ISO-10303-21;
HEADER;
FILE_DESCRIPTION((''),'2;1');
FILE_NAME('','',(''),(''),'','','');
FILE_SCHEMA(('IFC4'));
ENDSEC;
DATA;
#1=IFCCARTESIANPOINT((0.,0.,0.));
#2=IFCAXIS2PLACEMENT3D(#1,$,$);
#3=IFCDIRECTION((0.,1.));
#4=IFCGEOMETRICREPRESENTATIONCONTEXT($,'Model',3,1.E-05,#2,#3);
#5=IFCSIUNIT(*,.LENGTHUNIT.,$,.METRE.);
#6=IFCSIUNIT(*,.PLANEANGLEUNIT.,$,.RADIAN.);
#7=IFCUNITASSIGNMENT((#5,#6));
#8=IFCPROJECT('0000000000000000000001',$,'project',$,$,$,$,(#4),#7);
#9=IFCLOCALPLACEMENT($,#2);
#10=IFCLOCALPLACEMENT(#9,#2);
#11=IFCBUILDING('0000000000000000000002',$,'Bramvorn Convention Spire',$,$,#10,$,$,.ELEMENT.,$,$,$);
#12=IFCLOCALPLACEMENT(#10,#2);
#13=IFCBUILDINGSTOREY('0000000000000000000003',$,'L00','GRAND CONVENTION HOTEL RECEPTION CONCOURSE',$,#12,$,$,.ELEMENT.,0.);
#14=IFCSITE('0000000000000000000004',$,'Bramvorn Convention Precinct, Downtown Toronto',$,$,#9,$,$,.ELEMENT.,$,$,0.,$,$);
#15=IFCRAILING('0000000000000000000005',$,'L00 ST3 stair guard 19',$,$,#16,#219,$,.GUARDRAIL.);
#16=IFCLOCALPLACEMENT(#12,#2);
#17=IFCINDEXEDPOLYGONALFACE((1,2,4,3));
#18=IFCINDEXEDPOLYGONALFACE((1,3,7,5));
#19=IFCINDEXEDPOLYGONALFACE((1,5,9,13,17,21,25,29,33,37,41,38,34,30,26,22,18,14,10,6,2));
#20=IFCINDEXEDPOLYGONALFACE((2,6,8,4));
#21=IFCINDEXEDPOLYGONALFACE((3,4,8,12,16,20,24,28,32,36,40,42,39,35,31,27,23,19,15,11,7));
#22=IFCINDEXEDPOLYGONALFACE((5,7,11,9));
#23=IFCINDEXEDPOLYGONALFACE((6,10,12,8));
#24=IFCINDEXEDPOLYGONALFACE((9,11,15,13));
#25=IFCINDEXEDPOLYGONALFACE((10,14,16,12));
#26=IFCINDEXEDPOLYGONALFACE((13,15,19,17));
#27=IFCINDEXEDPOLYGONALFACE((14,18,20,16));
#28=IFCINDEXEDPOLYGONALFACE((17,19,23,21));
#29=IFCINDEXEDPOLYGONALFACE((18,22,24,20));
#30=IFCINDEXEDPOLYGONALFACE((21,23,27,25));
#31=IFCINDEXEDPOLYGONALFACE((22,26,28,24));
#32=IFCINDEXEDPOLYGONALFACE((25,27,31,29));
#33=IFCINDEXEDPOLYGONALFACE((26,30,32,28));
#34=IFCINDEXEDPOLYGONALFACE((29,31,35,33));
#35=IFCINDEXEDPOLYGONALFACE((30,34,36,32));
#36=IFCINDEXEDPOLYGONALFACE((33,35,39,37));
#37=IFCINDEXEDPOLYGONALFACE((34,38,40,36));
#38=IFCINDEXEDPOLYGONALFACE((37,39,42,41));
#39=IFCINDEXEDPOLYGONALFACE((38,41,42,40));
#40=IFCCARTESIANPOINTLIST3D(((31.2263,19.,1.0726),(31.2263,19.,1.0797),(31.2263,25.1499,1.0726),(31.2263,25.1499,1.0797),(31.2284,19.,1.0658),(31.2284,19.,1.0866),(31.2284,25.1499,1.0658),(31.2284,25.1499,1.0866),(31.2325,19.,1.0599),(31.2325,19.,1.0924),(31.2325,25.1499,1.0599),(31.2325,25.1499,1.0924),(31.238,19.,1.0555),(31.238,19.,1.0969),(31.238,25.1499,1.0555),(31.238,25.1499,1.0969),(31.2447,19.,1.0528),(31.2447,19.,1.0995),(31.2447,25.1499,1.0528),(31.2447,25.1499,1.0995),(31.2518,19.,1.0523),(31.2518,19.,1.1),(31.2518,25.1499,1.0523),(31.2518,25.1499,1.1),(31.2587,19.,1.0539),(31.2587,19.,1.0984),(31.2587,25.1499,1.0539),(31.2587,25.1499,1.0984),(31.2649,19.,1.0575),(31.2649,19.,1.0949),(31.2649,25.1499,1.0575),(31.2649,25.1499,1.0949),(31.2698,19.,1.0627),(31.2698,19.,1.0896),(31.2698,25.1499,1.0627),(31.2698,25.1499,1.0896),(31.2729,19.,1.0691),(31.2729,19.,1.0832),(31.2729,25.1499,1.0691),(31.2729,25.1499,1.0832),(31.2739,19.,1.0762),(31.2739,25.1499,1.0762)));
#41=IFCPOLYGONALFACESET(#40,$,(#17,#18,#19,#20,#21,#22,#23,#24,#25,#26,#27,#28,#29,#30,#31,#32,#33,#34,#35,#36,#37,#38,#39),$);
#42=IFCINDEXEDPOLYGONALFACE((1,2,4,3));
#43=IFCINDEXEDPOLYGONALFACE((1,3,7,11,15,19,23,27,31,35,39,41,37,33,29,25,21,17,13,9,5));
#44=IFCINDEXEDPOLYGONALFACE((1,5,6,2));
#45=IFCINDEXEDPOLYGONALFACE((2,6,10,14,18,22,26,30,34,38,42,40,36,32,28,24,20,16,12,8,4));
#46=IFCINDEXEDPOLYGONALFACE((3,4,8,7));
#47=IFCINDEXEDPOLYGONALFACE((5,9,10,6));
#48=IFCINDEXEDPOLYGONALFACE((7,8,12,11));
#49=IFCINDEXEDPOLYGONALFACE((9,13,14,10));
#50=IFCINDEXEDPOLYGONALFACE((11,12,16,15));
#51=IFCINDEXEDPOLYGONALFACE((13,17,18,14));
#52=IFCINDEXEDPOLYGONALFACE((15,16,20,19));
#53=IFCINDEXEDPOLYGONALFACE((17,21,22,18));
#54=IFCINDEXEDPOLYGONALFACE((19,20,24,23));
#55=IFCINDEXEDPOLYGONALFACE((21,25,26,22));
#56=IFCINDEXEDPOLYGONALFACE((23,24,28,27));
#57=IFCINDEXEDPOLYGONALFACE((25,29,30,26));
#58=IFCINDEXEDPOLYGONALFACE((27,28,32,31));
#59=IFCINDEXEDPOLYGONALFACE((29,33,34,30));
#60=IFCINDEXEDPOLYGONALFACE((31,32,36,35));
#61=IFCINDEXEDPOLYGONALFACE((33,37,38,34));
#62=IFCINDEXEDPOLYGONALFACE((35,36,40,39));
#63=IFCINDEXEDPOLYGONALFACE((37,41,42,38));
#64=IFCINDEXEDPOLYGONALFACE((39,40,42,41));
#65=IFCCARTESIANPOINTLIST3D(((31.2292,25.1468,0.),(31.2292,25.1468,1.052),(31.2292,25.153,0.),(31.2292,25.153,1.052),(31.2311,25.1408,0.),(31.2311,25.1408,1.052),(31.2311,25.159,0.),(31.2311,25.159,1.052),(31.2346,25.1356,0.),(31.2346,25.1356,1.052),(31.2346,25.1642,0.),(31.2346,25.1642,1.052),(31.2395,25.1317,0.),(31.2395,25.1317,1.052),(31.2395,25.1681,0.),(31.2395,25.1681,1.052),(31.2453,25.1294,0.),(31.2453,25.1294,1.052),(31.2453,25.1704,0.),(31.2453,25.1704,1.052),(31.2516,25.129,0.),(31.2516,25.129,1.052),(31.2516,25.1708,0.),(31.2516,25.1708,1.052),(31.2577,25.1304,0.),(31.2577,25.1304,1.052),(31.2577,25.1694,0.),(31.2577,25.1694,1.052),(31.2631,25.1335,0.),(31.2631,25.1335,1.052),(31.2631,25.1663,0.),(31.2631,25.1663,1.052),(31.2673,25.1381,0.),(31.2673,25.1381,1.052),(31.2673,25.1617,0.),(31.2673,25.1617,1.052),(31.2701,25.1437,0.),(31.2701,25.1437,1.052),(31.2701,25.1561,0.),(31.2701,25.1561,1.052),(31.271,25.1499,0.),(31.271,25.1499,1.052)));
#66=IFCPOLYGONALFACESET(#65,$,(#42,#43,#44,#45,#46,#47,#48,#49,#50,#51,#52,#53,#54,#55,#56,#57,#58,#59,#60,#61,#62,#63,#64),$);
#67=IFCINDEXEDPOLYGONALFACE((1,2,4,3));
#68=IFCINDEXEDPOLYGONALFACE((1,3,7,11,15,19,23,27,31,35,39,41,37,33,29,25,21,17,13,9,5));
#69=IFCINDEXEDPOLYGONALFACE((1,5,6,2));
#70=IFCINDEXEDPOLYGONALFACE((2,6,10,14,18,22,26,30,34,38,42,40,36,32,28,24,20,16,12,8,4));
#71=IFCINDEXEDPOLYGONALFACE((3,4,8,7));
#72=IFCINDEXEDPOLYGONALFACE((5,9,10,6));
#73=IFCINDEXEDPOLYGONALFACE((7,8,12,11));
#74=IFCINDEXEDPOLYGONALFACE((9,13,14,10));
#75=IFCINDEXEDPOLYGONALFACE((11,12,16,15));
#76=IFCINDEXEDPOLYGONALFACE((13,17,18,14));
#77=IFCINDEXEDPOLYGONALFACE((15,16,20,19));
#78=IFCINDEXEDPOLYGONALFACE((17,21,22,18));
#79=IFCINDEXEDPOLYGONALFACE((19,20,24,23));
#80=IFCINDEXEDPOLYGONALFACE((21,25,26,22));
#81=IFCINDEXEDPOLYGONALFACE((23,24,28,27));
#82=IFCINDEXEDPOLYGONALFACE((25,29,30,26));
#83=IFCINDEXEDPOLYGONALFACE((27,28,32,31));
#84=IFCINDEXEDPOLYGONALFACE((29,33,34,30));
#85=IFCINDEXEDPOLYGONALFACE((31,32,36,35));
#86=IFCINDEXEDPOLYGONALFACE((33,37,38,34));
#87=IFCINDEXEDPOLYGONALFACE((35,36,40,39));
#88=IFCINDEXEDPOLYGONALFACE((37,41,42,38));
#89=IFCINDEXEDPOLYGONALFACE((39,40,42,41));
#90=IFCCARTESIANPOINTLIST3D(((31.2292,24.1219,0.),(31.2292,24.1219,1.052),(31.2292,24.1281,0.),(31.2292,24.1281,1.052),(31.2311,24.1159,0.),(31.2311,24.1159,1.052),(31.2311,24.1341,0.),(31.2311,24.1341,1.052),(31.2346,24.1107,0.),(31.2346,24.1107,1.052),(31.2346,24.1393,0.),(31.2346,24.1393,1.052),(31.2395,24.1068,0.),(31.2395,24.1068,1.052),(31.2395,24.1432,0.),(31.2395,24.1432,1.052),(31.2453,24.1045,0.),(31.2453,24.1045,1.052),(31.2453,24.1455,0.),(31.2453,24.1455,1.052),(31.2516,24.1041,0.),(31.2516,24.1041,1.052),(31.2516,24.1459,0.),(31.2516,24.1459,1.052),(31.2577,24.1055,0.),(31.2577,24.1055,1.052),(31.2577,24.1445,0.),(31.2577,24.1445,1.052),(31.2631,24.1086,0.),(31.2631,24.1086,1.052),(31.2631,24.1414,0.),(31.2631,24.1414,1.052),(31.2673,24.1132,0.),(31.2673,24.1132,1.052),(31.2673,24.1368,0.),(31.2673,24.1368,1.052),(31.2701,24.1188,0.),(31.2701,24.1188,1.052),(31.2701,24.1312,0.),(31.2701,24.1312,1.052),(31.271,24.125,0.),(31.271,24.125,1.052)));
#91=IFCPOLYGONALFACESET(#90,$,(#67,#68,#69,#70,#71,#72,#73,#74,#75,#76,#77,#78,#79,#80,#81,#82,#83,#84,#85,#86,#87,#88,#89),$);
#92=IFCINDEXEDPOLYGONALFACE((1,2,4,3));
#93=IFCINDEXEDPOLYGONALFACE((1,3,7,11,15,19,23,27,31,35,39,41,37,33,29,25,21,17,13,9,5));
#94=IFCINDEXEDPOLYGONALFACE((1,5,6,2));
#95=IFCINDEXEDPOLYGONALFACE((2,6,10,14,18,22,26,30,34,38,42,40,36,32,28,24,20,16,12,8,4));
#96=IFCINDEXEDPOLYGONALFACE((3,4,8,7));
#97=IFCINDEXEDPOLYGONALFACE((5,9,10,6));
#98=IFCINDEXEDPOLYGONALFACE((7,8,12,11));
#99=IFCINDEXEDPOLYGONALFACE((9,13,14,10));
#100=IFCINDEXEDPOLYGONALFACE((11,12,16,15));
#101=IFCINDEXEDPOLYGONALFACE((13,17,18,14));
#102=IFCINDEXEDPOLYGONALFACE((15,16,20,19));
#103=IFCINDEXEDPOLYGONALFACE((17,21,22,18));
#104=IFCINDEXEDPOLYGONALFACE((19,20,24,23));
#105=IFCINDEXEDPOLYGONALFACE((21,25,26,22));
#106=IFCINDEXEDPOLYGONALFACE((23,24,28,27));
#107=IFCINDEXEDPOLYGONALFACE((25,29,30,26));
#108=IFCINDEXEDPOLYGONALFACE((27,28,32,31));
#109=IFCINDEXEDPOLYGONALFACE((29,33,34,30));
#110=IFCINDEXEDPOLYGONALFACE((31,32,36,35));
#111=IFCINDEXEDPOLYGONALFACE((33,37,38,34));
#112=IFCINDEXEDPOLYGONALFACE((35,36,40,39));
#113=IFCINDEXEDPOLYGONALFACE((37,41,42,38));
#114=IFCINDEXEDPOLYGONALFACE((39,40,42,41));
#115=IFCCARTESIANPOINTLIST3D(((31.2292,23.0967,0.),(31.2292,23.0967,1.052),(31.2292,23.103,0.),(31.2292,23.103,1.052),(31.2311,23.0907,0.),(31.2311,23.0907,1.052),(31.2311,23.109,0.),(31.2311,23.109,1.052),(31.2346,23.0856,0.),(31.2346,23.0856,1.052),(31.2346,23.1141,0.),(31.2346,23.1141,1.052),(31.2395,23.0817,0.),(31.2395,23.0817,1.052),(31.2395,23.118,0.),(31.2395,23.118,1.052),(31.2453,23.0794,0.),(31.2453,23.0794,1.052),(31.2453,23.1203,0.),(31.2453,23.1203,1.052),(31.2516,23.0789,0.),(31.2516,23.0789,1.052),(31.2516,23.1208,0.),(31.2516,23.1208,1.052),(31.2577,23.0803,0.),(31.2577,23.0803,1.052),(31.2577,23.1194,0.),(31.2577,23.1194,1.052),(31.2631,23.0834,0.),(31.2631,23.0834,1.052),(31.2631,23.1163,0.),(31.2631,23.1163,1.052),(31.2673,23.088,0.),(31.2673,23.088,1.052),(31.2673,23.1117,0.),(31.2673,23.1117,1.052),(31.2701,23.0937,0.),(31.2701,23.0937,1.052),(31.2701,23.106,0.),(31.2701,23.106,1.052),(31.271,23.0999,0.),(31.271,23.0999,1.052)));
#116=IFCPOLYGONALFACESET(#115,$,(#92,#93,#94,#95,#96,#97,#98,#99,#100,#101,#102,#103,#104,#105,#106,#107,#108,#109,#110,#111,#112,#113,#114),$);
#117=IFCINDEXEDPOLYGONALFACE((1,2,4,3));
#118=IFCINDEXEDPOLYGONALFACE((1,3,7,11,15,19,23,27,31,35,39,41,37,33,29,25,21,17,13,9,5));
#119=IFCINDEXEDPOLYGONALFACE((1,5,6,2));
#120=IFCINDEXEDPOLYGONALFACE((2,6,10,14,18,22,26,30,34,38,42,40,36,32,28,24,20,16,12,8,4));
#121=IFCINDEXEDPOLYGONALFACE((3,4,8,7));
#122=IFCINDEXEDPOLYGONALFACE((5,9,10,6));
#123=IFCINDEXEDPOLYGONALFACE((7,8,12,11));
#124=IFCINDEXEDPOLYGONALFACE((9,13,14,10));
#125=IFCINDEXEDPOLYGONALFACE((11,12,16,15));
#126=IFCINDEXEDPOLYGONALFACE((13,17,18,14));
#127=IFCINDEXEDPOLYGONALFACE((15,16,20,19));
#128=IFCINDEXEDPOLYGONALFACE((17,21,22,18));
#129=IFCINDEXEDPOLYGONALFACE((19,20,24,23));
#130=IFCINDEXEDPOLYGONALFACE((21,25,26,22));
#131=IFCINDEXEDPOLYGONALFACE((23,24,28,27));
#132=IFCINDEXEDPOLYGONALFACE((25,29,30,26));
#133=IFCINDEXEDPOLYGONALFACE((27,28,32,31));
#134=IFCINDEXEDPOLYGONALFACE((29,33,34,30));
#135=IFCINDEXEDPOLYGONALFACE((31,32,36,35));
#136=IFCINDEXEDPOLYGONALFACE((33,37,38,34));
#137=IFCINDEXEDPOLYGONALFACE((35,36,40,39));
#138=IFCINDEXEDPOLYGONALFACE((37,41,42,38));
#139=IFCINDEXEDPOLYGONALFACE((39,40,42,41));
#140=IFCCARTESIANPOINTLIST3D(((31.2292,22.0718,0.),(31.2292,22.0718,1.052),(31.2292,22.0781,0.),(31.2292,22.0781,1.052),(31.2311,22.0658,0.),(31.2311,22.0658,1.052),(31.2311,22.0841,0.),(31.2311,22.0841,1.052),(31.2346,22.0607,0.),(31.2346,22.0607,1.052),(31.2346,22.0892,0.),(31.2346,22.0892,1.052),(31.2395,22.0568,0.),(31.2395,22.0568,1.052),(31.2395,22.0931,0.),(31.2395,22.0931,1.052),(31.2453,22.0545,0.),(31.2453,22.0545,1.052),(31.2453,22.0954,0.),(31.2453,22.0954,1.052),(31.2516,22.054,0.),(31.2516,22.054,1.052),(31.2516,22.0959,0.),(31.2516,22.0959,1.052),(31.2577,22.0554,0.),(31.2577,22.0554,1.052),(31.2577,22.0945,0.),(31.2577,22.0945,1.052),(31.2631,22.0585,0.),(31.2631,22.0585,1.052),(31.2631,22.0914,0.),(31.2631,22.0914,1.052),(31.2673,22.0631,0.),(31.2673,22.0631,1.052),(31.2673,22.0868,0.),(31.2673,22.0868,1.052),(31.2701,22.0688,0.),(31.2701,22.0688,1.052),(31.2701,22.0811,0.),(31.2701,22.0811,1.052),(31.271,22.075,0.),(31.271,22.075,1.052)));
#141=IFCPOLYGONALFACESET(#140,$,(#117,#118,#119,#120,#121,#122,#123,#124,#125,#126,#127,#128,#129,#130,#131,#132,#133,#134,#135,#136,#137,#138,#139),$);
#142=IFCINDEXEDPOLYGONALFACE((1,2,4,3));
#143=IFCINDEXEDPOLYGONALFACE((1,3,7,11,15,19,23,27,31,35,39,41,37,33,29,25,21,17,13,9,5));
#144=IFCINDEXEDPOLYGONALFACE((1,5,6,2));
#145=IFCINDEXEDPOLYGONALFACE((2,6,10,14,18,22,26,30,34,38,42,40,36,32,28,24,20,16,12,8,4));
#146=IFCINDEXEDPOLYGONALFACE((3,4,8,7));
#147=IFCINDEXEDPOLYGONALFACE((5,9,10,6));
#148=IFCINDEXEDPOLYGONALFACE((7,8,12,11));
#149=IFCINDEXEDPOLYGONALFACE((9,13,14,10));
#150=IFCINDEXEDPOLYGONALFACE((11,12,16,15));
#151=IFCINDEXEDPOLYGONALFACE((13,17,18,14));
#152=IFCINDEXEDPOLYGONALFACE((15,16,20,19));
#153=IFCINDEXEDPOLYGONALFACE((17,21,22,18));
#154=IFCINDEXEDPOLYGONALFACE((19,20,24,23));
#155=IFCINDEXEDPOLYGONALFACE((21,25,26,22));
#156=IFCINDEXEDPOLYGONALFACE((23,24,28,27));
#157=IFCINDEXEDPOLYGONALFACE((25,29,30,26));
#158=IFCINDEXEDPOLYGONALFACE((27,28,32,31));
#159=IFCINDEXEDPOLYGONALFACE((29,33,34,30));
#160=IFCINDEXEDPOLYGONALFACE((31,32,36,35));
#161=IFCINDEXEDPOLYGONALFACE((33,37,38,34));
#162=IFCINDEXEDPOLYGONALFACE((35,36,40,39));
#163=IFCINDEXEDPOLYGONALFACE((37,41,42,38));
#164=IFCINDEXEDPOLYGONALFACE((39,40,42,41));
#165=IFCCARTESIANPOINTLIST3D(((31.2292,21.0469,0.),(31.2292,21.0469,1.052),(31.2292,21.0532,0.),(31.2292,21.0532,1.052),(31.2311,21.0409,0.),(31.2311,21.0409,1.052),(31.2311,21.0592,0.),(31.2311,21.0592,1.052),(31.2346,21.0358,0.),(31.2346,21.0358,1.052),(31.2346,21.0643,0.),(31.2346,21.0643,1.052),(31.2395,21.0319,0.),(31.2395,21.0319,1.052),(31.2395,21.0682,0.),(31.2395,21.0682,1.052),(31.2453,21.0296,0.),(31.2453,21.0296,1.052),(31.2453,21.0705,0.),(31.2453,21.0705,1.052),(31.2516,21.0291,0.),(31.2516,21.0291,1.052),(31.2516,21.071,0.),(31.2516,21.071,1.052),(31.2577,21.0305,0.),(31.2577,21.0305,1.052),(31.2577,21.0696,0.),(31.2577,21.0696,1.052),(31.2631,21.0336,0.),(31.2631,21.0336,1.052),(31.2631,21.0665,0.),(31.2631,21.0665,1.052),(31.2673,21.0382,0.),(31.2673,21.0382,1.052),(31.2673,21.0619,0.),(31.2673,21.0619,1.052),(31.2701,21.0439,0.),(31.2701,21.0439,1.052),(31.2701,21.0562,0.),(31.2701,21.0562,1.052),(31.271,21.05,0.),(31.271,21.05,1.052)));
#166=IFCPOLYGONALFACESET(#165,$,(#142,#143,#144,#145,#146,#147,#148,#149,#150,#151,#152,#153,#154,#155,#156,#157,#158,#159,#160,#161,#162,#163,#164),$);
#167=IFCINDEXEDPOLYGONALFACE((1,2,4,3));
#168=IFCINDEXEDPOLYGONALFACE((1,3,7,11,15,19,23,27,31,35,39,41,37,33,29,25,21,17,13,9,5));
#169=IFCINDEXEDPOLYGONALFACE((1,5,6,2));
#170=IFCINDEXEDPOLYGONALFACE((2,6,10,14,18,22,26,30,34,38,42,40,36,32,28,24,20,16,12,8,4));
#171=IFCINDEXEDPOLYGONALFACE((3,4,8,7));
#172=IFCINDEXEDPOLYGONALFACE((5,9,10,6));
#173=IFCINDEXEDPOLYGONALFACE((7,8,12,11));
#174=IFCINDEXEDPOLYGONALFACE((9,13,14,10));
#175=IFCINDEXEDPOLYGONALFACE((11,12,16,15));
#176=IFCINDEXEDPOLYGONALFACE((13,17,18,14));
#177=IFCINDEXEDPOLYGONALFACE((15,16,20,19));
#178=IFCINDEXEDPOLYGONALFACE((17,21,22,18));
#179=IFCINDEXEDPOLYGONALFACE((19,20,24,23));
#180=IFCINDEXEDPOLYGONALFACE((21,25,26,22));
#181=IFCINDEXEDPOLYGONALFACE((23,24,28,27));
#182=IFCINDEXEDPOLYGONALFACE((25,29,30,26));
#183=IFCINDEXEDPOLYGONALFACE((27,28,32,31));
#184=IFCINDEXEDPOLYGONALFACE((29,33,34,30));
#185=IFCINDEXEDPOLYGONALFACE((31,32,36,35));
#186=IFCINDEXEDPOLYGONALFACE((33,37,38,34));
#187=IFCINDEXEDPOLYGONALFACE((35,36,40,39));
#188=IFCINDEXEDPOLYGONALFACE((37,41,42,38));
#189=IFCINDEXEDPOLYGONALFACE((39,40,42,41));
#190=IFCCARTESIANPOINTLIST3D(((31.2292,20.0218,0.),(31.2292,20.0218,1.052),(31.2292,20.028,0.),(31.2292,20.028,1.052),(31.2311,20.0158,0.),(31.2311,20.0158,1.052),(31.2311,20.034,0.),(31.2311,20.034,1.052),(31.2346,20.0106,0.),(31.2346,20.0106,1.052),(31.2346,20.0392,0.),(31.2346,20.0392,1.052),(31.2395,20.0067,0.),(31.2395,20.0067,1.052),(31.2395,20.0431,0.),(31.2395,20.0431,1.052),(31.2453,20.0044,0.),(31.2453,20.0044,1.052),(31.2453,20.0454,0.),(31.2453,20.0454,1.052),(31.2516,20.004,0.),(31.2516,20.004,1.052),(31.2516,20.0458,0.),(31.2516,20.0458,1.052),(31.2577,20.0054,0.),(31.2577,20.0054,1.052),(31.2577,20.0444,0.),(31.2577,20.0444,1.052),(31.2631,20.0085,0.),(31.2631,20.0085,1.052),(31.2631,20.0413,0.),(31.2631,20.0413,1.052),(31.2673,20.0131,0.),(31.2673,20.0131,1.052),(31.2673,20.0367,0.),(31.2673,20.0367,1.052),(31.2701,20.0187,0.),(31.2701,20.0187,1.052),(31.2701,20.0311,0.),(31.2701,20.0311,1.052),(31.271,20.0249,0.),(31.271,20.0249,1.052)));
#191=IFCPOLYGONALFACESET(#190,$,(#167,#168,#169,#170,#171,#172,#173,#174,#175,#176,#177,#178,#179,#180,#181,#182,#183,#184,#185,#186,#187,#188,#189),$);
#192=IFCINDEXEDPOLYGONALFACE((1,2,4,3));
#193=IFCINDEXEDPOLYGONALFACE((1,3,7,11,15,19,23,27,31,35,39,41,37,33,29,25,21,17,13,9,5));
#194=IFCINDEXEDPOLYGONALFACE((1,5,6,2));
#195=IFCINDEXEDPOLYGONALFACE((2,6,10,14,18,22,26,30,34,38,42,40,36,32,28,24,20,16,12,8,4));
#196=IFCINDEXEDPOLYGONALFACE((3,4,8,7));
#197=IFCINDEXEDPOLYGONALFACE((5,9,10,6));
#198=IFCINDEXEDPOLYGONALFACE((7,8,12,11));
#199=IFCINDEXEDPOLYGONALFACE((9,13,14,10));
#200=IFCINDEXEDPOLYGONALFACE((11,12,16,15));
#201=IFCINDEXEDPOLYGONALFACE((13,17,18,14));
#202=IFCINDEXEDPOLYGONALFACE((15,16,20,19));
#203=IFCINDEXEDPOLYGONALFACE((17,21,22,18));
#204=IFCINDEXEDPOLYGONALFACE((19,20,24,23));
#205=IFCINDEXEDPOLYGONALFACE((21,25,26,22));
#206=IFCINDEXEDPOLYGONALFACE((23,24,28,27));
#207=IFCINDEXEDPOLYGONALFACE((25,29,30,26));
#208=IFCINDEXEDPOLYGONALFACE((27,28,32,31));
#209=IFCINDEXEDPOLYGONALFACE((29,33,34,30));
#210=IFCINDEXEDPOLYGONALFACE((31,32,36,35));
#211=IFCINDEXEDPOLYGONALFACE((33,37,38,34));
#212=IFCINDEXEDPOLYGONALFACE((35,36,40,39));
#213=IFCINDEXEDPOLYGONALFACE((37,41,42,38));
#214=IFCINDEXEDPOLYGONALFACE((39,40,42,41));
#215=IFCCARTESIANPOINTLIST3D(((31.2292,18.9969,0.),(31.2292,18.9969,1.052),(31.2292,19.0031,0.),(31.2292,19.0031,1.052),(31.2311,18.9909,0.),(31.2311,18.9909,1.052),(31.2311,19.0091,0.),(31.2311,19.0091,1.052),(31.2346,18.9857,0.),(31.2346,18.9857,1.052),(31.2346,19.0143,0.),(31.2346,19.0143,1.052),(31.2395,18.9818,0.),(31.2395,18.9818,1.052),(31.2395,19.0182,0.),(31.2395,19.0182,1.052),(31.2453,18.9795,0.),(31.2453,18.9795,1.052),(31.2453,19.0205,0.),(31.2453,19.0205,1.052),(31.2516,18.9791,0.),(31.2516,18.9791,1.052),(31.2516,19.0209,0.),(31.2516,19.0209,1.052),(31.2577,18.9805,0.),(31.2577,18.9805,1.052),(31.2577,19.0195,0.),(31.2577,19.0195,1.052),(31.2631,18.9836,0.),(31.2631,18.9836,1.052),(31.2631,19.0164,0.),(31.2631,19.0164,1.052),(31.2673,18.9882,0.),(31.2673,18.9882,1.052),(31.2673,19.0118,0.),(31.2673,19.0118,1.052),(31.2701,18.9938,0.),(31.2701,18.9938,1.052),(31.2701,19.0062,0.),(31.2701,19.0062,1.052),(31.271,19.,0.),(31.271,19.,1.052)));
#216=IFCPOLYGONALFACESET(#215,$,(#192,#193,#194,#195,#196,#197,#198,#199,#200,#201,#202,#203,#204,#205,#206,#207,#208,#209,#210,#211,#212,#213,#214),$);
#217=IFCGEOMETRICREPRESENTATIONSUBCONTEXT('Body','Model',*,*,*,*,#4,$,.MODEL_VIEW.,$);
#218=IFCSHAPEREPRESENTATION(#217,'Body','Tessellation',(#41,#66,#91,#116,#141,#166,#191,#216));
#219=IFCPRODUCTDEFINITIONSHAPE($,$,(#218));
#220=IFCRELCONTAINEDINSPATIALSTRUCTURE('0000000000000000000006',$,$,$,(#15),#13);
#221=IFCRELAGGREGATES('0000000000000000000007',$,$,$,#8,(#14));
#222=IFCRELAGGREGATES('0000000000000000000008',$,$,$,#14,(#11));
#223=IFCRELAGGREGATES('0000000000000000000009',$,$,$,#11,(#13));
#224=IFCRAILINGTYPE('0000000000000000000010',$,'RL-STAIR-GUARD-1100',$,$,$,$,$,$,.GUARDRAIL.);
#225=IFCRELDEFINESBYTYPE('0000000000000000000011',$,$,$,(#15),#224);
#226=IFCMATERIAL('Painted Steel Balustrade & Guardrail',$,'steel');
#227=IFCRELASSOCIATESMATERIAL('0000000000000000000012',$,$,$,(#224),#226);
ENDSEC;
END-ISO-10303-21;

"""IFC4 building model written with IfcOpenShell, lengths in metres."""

from ifc_helpers import new_model, si_unit, direction, frame, origin, origin_2d, place, context, subcontext, project, spatial, circle, extrude, material, type_object, element, save


model = new_model("IFC4")

# Units and contexts
model_context = context("Model", 3, precision=1e-05, world=origin(), true_north=direction((0.0, 1.0)))
body_context = subcontext(model_context, "Body", "Model", "MODEL_VIEW")
ifc_project = project(units=[si_unit("LENGTHUNIT", "METRE"), si_unit("PLANEANGLEUNIT", "RADIAN")], contexts=[model_context])

# Site, building, storey
site_placement = place(None, origin())
site = spatial("IfcSite", under=ifc_project, at=site_placement, Name="Bramvorn Convention Precinct, Downtown Toronto", CompositionType="ELEMENT", RefElevation=0.0)
building_placement = place(site_placement, origin())
building = spatial("IfcBuilding", under=site, at=building_placement, Name="Bramvorn Convention Spire", CompositionType="ELEMENT")
storey_placement = place(building_placement, origin())
storey = spatial("IfcBuildingStorey", under=building, at=storey_placement, Name="L00", Description="GRAND CONVENTION HOTEL RECEPTION CONCOURSE", CompositionType="ELEMENT", Elevation=0.0)

# Railing
ifc_material_1 = material(Name="Painted Steel Balustrade & Guardrail", Category="steel")
railing_type = type_object("IfcRailingType", Name="RL-STAIR-GUARD-1100", PredefinedType="GUARDRAIL", material=ifc_material_1)
railing_1_placement = place(storey_placement, frame((31.25, 25.1499, 0.0)))
element("IfcRailing", 1, at=railing_1_placement, inside=storey, type_object=railing_type, Name="L00 ST3 stair guard 19", PredefinedType="GUARDRAIL", context=body_context, shape_type="SweptSolid", body=[
    extrude(circle(Radius=0.0239, at=origin_2d()), frame((0.0, 0.0, 1.0762), z_axis=(0.0, -1.0, 0.0), x_axis=(1.0, 0.0, 0.0)), (0.0, 0.0, 1.0), 6.1499),
    extrude(circle(Radius=0.021, at=origin_2d()), origin(), (0.0, 0.0, 1.0), 1.052),
    extrude(circle(Radius=0.021, at=origin_2d()), frame((0.0, -1.0249, 0.0)), (0.0, 0.0, 1.0), 1.052),
    extrude(circle(Radius=0.021, at=origin_2d()), frame((0.0, -2.05, 0.0)), (0.0, 0.0, 1.0), 1.052),
    extrude(circle(Radius=0.021, at=origin_2d()), frame((0.0, -3.075, 0.0)), (0.0, 0.0, 1.0), 1.052),
    extrude(circle(Radius=0.021, at=origin_2d()), frame((0.0, -4.0999, 0.0)), (0.0, 0.0, 1.0), 1.052),
    extrude(circle(Radius=0.021, at=origin_2d()), frame((0.0, -5.125, 0.0)), (0.0, 0.0, 1.0), 1.052),
    extrude(circle(Radius=0.021, at=origin_2d()), frame((0.0, -6.1499, 0.0)), (0.0, 0.0, 1.0), 1.052),
])

save(model, "model.ifc")
